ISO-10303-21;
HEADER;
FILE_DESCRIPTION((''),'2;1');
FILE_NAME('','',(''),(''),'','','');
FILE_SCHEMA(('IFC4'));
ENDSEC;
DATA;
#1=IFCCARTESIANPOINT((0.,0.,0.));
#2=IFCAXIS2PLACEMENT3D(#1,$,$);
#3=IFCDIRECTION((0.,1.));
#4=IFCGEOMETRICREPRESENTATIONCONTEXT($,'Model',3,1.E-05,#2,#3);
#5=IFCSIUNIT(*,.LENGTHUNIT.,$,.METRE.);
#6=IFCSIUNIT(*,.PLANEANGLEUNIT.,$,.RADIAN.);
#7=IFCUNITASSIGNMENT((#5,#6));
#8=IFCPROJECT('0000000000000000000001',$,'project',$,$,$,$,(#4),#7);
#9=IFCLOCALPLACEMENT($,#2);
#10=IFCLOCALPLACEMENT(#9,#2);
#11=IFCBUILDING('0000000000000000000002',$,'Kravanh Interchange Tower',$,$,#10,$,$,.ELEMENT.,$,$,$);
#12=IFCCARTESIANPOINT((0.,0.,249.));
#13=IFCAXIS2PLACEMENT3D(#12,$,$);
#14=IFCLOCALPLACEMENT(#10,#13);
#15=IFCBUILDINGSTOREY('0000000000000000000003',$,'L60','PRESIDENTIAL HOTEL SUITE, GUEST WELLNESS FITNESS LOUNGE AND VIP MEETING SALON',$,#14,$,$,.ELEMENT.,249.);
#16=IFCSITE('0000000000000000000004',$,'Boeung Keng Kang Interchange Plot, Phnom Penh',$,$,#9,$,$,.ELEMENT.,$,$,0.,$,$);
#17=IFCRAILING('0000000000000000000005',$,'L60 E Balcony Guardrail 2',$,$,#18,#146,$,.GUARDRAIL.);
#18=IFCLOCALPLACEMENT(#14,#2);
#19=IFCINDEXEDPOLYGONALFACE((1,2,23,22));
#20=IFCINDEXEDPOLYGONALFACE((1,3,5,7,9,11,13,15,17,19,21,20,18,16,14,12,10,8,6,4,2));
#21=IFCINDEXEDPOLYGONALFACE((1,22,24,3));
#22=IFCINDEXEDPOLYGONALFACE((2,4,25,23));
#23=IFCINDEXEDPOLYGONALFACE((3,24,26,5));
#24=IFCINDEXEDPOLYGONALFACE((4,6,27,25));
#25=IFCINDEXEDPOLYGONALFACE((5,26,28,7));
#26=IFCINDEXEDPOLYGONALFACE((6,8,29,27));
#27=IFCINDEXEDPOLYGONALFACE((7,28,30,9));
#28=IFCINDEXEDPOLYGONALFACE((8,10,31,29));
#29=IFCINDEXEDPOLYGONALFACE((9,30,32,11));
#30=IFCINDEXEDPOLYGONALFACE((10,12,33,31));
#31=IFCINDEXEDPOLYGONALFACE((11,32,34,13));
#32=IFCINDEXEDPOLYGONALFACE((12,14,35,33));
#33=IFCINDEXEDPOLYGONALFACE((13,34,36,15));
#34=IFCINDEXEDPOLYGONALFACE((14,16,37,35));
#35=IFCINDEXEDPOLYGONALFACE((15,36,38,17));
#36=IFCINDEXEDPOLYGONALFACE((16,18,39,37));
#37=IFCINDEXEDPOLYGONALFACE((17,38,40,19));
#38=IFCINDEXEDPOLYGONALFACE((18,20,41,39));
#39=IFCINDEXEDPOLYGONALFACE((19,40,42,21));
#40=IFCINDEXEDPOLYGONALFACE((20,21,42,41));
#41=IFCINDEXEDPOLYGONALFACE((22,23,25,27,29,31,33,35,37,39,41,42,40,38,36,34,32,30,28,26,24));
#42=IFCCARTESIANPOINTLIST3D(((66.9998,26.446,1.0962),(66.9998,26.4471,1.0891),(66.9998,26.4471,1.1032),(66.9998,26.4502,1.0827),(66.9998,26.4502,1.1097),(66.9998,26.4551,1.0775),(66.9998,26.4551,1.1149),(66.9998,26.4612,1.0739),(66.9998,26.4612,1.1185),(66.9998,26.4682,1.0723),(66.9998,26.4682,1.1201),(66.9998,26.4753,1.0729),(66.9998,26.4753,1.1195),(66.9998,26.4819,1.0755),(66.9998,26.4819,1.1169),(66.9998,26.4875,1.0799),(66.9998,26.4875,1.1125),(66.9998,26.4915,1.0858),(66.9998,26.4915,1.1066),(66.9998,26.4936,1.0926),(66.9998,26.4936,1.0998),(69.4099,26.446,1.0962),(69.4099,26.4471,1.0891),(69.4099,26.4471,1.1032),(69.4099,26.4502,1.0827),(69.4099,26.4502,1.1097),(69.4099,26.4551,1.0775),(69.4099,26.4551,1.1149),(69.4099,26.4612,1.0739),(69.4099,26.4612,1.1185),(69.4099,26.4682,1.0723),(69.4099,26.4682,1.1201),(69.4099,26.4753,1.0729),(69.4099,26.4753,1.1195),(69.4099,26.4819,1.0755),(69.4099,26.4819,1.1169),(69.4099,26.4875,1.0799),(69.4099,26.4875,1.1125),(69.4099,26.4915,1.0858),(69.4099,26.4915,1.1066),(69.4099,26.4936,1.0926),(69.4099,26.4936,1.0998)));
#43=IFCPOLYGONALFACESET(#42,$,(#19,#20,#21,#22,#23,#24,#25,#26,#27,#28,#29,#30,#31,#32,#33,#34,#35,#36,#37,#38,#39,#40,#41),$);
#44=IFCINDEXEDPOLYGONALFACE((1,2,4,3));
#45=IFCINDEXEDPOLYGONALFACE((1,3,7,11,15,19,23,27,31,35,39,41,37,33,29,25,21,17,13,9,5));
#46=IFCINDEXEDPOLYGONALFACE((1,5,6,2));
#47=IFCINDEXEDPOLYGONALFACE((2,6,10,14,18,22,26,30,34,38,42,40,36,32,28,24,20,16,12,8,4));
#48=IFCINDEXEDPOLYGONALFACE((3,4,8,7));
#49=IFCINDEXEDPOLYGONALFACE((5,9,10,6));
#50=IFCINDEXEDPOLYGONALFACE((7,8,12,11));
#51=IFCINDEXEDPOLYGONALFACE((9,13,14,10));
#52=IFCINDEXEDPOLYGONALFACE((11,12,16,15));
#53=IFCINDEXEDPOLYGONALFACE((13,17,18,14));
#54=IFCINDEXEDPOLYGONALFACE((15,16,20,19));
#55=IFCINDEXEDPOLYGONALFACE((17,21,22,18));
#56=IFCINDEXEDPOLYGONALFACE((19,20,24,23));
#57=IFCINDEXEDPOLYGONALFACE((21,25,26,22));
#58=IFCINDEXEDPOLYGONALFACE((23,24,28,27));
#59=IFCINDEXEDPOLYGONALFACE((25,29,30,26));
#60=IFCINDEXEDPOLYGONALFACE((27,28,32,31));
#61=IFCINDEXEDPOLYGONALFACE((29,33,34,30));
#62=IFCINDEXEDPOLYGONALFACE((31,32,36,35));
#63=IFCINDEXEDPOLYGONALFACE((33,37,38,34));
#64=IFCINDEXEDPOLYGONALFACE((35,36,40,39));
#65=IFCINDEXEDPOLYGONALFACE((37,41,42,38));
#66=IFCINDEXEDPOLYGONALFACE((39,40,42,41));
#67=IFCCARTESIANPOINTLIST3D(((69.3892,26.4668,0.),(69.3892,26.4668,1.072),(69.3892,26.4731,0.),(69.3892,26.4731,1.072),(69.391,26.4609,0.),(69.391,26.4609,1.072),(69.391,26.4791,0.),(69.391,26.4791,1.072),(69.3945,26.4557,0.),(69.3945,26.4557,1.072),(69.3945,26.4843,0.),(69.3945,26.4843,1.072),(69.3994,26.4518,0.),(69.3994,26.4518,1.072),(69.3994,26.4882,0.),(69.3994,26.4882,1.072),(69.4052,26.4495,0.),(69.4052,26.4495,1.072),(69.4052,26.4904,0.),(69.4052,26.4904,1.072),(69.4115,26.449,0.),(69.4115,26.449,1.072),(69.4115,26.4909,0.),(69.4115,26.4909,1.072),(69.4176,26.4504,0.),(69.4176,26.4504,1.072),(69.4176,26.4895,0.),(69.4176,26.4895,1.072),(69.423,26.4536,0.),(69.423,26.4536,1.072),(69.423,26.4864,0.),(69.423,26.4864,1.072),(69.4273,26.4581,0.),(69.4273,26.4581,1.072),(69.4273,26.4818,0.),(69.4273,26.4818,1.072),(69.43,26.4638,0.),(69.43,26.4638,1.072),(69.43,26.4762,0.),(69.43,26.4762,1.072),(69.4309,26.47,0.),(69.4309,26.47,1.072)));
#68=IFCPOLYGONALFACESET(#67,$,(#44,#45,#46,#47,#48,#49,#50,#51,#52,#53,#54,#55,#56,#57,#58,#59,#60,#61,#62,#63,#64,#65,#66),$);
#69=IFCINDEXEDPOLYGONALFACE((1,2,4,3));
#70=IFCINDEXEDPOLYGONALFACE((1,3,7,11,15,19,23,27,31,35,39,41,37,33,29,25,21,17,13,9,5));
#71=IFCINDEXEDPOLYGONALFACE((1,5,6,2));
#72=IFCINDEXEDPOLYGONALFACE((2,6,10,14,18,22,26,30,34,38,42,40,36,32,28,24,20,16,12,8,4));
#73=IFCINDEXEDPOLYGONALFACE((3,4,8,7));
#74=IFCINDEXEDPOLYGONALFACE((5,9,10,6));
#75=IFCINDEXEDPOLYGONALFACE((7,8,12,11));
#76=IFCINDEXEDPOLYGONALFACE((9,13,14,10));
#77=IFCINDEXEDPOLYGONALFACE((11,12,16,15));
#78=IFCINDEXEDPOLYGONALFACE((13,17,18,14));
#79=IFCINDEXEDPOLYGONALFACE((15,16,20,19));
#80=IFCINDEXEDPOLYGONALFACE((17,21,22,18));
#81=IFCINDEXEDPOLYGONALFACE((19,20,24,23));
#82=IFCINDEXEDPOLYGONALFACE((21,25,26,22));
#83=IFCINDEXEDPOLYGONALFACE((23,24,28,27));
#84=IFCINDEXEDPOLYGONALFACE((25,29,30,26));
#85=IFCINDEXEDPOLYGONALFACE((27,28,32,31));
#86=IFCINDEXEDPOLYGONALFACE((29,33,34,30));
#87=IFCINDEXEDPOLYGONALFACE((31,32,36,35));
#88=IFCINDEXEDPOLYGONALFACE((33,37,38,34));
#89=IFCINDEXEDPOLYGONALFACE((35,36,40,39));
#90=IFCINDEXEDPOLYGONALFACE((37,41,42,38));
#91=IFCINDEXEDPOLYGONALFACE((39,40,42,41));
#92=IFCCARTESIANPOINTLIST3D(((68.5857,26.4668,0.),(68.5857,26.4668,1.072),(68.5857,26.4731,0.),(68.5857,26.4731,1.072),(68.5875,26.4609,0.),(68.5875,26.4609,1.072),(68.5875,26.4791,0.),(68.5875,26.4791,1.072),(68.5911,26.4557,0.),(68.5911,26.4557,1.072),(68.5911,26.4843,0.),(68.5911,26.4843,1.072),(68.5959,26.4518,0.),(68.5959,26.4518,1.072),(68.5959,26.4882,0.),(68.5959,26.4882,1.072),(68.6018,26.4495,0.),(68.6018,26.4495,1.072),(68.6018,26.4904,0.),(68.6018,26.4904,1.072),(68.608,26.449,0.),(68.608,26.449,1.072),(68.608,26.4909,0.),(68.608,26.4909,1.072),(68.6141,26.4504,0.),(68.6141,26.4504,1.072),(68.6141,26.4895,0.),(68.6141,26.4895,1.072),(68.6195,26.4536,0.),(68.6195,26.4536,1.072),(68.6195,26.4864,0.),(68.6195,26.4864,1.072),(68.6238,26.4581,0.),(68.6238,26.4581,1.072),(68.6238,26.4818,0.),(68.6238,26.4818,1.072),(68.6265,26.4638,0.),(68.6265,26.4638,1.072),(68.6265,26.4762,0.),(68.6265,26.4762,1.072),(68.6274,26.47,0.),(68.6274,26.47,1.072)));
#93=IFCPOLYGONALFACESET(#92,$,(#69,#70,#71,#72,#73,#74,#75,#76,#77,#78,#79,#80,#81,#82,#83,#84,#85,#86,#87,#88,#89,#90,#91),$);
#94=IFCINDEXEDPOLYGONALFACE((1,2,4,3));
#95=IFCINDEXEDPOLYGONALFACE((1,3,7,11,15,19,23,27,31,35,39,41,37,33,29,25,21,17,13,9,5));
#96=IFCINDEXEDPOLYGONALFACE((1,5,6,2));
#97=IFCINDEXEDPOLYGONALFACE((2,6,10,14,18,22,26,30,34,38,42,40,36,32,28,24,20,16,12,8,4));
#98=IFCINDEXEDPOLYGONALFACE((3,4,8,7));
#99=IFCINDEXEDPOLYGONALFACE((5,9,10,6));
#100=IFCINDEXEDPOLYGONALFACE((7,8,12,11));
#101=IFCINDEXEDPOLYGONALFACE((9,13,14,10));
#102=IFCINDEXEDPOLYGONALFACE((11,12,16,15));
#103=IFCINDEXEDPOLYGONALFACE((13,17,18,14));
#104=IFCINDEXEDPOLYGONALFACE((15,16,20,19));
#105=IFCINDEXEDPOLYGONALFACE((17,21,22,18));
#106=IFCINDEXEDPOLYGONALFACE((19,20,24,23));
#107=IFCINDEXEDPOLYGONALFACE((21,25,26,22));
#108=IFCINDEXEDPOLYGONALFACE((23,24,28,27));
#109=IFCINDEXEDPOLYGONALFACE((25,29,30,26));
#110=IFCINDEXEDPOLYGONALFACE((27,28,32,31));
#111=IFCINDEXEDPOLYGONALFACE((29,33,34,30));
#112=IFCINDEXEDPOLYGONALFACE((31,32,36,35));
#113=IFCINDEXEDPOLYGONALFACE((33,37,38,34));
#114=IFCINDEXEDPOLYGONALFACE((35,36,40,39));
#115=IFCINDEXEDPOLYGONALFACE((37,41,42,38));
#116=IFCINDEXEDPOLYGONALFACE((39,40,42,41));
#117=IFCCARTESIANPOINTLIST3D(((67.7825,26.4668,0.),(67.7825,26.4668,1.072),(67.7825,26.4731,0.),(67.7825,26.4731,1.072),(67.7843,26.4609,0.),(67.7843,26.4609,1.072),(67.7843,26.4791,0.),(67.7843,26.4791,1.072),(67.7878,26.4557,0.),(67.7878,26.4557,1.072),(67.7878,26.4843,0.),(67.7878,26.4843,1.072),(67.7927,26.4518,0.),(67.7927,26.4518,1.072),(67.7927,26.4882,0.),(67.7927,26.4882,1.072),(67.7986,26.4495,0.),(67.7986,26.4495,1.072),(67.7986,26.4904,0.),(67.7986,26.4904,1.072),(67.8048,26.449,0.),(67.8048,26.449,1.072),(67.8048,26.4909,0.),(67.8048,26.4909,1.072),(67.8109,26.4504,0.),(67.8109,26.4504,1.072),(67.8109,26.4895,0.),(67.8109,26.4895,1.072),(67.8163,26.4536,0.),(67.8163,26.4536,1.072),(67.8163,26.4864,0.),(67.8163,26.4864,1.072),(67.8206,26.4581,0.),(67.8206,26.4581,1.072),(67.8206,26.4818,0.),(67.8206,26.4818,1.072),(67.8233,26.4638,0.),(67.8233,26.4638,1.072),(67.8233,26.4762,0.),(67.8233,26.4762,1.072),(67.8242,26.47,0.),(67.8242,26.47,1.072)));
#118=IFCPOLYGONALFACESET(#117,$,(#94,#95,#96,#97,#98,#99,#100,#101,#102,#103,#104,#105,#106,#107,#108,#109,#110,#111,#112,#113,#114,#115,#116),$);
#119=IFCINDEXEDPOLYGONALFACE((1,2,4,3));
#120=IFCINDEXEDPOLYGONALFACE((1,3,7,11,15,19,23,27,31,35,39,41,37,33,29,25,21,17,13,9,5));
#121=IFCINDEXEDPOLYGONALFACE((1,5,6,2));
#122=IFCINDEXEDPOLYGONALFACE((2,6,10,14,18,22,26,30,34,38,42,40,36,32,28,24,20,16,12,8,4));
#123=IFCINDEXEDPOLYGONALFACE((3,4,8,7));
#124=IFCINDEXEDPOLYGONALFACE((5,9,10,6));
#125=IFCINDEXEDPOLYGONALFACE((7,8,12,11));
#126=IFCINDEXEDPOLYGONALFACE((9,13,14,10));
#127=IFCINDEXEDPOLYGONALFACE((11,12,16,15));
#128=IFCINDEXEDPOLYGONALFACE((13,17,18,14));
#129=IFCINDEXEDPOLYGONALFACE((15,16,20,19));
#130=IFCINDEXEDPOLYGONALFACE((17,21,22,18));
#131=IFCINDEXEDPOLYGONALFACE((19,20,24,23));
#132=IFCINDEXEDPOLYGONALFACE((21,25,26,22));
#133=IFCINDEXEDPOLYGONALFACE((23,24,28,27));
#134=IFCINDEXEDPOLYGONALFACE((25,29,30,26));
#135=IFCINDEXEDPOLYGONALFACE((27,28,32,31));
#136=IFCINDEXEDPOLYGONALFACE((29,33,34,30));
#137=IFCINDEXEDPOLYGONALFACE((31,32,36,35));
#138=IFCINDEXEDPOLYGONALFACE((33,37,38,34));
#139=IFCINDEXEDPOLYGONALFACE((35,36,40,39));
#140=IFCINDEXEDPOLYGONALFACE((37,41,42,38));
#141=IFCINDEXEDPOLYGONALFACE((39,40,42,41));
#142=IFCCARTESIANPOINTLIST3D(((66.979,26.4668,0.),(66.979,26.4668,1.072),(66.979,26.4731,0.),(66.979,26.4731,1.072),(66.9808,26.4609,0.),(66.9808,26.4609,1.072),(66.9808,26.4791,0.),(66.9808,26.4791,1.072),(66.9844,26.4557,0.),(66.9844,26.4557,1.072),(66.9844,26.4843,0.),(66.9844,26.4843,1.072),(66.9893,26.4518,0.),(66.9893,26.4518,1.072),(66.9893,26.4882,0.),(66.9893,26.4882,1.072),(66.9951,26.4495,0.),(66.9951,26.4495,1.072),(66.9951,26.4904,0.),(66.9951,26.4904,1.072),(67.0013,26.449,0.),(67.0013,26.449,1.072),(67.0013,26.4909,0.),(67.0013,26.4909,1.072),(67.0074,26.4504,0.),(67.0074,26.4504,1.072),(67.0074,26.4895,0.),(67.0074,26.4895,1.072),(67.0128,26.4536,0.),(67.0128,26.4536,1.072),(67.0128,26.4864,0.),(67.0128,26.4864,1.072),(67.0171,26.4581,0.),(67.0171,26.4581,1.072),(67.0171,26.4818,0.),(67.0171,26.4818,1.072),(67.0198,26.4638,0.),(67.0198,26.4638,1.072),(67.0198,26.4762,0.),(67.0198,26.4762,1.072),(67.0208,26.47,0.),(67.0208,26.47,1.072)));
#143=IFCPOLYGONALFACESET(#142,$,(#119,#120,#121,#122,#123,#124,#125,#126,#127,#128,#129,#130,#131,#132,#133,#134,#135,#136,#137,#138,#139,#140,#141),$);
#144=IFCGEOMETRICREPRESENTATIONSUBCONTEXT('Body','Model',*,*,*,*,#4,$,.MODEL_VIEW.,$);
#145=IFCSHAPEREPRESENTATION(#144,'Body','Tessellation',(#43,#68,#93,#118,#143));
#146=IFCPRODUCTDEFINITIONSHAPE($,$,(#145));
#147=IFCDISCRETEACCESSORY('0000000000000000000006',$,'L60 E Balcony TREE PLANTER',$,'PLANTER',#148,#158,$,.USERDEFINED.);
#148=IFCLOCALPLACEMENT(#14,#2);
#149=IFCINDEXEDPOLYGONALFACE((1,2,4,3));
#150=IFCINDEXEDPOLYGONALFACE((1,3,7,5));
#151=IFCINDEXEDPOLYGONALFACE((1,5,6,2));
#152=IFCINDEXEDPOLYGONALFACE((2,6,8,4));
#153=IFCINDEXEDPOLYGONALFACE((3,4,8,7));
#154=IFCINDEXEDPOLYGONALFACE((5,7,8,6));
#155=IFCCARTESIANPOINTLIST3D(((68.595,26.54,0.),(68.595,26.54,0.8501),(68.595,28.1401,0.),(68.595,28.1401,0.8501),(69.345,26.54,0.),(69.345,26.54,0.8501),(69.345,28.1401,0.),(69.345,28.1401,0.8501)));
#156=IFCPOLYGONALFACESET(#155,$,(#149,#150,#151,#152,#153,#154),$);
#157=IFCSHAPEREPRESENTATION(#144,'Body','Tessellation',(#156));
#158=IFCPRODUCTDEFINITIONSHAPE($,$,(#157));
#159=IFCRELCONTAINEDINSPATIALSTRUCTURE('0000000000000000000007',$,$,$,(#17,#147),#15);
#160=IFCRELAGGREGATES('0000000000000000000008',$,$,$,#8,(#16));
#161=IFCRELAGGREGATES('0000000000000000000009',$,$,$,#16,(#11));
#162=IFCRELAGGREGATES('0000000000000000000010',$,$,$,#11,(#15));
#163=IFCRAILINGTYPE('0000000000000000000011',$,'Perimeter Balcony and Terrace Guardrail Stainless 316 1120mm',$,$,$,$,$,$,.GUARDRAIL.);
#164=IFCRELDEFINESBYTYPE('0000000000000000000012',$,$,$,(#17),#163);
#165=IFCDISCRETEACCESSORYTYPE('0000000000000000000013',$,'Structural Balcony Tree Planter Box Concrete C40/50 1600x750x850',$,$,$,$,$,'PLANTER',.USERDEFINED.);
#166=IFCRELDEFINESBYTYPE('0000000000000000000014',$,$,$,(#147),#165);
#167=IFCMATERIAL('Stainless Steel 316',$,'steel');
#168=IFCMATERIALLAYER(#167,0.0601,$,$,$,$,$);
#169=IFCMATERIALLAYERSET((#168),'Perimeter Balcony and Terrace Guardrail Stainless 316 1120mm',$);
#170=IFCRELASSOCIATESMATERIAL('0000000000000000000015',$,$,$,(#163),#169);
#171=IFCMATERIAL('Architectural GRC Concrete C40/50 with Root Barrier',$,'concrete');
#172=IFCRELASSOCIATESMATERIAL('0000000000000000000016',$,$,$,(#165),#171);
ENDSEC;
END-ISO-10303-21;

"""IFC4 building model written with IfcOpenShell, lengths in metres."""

from ifc_helpers import new_model, si_unit, direction, frame, origin, origin_2d, place, context, subcontext, project, spatial, rectangle, circle, extrude, material, layer, layer_set, type_object, element, save


model = new_model("IFC4")

# Units and contexts
model_context = context("Model", 3, precision=1e-05, world=origin(), true_north=direction((0.0, 1.0)))
body_context = subcontext(model_context, "Body", "Model", "MODEL_VIEW")
ifc_project = project(units=[si_unit("LENGTHUNIT", "METRE"), si_unit("PLANEANGLEUNIT", "RADIAN")], contexts=[model_context])

# Site, building, storey
site_placement = place(None, origin())
site = spatial("IfcSite", under=ifc_project, at=site_placement, Name="Boeung Keng Kang Interchange Plot, Phnom Penh", CompositionType="ELEMENT", RefElevation=0.0)
building_placement = place(site_placement, origin())
building = spatial("IfcBuilding", under=site, at=building_placement, Name="Kravanh Interchange Tower", CompositionType="ELEMENT")
storey_placement = place(building_placement, frame((0.0, 0.0, 249.0)))
storey = spatial("IfcBuildingStorey", under=building, at=storey_placement, Name="L60", Description="PRESIDENTIAL HOTEL SUITE, GUEST WELLNESS FITNESS LOUNGE AND VIP MEETING SALON", CompositionType="ELEMENT", Elevation=249.0)

# Railing
ifc_material_1 = material(Name="Stainless Steel 316", Category="steel")
ifc_layer_1 = layer(ifc_material_1, 0.0601)
ifc_layer_set_1 = layer_set([ifc_layer_1], Name="Perimeter Balcony and Terrace Guardrail Stainless 316 1120mm")
railing_type = type_object("IfcRailingType", Name="Perimeter Balcony and Terrace Guardrail Stainless 316 1120mm", PredefinedType="GUARDRAIL", material=ifc_layer_set_1)
railing_placement = place(storey_placement, frame((69.4099, 26.47, 0.0)))
element("IfcRailing", 1, at=railing_placement, inside=storey, type_object=railing_type, Name="L60 E Balcony Guardrail 2", PredefinedType="GUARDRAIL", context=body_context, shape_type="SweptSolid", body=[
    extrude(circle(Radius=0.0239, at=origin_2d()), frame((0.0, 0.0, 1.0962), z_axis=(-1.0, 0.0, 0.0), x_axis=(0.0, -1.0, 0.0)), (0.0, 0.0, 1.0), 2.4102),
    extrude(circle(Radius=0.021, at=origin_2d()), origin(), (0.0, 0.0, 1.0), 1.072),
    extrude(circle(Radius=0.021, at=origin_2d()), frame((-0.8035, 0.0, 0.0)), (0.0, 0.0, 1.0), 1.072),
    extrude(circle(Radius=0.021, at=origin_2d()), frame((-1.6067, 0.0, 0.0)), (0.0, 0.0, 1.0), 1.072),
    extrude(circle(Radius=0.021, at=origin_2d()), frame((-2.4102, 0.0, 0.0)), (0.0, 0.0, 1.0), 1.072),
])

# Discrete accessory
ifc_material_2 = material(Name="Architectural GRC Concrete C40/50 with Root Barrier", Category="concrete")
discrete_accessory_type = type_object("IfcDiscreteAccessoryType", Name="Structural Balcony Tree Planter Box Concrete C40/50 1600x750x850", ElementType="PLANTER", PredefinedType="USERDEFINED", material=ifc_material_2)
discrete_accessory_placement = place(storey_placement, frame((68.97, 27.3401, 0.0), z_axis=(0.0, 0.0, 1.0), x_axis=(1.0, 0.0, 0.0)))
element("IfcDiscreteAccessory", 2, at=discrete_accessory_placement, inside=storey, type_object=discrete_accessory_type, Name="L60 E Balcony TREE PLANTER", ObjectType="PLANTER", PredefinedType="USERDEFINED", context=body_context, shape_type="SweptSolid", body=[
    extrude(rectangle(XDim=0.75, YDim=1.6001, at=origin_2d()), origin(), (0.0, 0.0, 1.0), 0.8501),
])

save(model, "model.ifc")
